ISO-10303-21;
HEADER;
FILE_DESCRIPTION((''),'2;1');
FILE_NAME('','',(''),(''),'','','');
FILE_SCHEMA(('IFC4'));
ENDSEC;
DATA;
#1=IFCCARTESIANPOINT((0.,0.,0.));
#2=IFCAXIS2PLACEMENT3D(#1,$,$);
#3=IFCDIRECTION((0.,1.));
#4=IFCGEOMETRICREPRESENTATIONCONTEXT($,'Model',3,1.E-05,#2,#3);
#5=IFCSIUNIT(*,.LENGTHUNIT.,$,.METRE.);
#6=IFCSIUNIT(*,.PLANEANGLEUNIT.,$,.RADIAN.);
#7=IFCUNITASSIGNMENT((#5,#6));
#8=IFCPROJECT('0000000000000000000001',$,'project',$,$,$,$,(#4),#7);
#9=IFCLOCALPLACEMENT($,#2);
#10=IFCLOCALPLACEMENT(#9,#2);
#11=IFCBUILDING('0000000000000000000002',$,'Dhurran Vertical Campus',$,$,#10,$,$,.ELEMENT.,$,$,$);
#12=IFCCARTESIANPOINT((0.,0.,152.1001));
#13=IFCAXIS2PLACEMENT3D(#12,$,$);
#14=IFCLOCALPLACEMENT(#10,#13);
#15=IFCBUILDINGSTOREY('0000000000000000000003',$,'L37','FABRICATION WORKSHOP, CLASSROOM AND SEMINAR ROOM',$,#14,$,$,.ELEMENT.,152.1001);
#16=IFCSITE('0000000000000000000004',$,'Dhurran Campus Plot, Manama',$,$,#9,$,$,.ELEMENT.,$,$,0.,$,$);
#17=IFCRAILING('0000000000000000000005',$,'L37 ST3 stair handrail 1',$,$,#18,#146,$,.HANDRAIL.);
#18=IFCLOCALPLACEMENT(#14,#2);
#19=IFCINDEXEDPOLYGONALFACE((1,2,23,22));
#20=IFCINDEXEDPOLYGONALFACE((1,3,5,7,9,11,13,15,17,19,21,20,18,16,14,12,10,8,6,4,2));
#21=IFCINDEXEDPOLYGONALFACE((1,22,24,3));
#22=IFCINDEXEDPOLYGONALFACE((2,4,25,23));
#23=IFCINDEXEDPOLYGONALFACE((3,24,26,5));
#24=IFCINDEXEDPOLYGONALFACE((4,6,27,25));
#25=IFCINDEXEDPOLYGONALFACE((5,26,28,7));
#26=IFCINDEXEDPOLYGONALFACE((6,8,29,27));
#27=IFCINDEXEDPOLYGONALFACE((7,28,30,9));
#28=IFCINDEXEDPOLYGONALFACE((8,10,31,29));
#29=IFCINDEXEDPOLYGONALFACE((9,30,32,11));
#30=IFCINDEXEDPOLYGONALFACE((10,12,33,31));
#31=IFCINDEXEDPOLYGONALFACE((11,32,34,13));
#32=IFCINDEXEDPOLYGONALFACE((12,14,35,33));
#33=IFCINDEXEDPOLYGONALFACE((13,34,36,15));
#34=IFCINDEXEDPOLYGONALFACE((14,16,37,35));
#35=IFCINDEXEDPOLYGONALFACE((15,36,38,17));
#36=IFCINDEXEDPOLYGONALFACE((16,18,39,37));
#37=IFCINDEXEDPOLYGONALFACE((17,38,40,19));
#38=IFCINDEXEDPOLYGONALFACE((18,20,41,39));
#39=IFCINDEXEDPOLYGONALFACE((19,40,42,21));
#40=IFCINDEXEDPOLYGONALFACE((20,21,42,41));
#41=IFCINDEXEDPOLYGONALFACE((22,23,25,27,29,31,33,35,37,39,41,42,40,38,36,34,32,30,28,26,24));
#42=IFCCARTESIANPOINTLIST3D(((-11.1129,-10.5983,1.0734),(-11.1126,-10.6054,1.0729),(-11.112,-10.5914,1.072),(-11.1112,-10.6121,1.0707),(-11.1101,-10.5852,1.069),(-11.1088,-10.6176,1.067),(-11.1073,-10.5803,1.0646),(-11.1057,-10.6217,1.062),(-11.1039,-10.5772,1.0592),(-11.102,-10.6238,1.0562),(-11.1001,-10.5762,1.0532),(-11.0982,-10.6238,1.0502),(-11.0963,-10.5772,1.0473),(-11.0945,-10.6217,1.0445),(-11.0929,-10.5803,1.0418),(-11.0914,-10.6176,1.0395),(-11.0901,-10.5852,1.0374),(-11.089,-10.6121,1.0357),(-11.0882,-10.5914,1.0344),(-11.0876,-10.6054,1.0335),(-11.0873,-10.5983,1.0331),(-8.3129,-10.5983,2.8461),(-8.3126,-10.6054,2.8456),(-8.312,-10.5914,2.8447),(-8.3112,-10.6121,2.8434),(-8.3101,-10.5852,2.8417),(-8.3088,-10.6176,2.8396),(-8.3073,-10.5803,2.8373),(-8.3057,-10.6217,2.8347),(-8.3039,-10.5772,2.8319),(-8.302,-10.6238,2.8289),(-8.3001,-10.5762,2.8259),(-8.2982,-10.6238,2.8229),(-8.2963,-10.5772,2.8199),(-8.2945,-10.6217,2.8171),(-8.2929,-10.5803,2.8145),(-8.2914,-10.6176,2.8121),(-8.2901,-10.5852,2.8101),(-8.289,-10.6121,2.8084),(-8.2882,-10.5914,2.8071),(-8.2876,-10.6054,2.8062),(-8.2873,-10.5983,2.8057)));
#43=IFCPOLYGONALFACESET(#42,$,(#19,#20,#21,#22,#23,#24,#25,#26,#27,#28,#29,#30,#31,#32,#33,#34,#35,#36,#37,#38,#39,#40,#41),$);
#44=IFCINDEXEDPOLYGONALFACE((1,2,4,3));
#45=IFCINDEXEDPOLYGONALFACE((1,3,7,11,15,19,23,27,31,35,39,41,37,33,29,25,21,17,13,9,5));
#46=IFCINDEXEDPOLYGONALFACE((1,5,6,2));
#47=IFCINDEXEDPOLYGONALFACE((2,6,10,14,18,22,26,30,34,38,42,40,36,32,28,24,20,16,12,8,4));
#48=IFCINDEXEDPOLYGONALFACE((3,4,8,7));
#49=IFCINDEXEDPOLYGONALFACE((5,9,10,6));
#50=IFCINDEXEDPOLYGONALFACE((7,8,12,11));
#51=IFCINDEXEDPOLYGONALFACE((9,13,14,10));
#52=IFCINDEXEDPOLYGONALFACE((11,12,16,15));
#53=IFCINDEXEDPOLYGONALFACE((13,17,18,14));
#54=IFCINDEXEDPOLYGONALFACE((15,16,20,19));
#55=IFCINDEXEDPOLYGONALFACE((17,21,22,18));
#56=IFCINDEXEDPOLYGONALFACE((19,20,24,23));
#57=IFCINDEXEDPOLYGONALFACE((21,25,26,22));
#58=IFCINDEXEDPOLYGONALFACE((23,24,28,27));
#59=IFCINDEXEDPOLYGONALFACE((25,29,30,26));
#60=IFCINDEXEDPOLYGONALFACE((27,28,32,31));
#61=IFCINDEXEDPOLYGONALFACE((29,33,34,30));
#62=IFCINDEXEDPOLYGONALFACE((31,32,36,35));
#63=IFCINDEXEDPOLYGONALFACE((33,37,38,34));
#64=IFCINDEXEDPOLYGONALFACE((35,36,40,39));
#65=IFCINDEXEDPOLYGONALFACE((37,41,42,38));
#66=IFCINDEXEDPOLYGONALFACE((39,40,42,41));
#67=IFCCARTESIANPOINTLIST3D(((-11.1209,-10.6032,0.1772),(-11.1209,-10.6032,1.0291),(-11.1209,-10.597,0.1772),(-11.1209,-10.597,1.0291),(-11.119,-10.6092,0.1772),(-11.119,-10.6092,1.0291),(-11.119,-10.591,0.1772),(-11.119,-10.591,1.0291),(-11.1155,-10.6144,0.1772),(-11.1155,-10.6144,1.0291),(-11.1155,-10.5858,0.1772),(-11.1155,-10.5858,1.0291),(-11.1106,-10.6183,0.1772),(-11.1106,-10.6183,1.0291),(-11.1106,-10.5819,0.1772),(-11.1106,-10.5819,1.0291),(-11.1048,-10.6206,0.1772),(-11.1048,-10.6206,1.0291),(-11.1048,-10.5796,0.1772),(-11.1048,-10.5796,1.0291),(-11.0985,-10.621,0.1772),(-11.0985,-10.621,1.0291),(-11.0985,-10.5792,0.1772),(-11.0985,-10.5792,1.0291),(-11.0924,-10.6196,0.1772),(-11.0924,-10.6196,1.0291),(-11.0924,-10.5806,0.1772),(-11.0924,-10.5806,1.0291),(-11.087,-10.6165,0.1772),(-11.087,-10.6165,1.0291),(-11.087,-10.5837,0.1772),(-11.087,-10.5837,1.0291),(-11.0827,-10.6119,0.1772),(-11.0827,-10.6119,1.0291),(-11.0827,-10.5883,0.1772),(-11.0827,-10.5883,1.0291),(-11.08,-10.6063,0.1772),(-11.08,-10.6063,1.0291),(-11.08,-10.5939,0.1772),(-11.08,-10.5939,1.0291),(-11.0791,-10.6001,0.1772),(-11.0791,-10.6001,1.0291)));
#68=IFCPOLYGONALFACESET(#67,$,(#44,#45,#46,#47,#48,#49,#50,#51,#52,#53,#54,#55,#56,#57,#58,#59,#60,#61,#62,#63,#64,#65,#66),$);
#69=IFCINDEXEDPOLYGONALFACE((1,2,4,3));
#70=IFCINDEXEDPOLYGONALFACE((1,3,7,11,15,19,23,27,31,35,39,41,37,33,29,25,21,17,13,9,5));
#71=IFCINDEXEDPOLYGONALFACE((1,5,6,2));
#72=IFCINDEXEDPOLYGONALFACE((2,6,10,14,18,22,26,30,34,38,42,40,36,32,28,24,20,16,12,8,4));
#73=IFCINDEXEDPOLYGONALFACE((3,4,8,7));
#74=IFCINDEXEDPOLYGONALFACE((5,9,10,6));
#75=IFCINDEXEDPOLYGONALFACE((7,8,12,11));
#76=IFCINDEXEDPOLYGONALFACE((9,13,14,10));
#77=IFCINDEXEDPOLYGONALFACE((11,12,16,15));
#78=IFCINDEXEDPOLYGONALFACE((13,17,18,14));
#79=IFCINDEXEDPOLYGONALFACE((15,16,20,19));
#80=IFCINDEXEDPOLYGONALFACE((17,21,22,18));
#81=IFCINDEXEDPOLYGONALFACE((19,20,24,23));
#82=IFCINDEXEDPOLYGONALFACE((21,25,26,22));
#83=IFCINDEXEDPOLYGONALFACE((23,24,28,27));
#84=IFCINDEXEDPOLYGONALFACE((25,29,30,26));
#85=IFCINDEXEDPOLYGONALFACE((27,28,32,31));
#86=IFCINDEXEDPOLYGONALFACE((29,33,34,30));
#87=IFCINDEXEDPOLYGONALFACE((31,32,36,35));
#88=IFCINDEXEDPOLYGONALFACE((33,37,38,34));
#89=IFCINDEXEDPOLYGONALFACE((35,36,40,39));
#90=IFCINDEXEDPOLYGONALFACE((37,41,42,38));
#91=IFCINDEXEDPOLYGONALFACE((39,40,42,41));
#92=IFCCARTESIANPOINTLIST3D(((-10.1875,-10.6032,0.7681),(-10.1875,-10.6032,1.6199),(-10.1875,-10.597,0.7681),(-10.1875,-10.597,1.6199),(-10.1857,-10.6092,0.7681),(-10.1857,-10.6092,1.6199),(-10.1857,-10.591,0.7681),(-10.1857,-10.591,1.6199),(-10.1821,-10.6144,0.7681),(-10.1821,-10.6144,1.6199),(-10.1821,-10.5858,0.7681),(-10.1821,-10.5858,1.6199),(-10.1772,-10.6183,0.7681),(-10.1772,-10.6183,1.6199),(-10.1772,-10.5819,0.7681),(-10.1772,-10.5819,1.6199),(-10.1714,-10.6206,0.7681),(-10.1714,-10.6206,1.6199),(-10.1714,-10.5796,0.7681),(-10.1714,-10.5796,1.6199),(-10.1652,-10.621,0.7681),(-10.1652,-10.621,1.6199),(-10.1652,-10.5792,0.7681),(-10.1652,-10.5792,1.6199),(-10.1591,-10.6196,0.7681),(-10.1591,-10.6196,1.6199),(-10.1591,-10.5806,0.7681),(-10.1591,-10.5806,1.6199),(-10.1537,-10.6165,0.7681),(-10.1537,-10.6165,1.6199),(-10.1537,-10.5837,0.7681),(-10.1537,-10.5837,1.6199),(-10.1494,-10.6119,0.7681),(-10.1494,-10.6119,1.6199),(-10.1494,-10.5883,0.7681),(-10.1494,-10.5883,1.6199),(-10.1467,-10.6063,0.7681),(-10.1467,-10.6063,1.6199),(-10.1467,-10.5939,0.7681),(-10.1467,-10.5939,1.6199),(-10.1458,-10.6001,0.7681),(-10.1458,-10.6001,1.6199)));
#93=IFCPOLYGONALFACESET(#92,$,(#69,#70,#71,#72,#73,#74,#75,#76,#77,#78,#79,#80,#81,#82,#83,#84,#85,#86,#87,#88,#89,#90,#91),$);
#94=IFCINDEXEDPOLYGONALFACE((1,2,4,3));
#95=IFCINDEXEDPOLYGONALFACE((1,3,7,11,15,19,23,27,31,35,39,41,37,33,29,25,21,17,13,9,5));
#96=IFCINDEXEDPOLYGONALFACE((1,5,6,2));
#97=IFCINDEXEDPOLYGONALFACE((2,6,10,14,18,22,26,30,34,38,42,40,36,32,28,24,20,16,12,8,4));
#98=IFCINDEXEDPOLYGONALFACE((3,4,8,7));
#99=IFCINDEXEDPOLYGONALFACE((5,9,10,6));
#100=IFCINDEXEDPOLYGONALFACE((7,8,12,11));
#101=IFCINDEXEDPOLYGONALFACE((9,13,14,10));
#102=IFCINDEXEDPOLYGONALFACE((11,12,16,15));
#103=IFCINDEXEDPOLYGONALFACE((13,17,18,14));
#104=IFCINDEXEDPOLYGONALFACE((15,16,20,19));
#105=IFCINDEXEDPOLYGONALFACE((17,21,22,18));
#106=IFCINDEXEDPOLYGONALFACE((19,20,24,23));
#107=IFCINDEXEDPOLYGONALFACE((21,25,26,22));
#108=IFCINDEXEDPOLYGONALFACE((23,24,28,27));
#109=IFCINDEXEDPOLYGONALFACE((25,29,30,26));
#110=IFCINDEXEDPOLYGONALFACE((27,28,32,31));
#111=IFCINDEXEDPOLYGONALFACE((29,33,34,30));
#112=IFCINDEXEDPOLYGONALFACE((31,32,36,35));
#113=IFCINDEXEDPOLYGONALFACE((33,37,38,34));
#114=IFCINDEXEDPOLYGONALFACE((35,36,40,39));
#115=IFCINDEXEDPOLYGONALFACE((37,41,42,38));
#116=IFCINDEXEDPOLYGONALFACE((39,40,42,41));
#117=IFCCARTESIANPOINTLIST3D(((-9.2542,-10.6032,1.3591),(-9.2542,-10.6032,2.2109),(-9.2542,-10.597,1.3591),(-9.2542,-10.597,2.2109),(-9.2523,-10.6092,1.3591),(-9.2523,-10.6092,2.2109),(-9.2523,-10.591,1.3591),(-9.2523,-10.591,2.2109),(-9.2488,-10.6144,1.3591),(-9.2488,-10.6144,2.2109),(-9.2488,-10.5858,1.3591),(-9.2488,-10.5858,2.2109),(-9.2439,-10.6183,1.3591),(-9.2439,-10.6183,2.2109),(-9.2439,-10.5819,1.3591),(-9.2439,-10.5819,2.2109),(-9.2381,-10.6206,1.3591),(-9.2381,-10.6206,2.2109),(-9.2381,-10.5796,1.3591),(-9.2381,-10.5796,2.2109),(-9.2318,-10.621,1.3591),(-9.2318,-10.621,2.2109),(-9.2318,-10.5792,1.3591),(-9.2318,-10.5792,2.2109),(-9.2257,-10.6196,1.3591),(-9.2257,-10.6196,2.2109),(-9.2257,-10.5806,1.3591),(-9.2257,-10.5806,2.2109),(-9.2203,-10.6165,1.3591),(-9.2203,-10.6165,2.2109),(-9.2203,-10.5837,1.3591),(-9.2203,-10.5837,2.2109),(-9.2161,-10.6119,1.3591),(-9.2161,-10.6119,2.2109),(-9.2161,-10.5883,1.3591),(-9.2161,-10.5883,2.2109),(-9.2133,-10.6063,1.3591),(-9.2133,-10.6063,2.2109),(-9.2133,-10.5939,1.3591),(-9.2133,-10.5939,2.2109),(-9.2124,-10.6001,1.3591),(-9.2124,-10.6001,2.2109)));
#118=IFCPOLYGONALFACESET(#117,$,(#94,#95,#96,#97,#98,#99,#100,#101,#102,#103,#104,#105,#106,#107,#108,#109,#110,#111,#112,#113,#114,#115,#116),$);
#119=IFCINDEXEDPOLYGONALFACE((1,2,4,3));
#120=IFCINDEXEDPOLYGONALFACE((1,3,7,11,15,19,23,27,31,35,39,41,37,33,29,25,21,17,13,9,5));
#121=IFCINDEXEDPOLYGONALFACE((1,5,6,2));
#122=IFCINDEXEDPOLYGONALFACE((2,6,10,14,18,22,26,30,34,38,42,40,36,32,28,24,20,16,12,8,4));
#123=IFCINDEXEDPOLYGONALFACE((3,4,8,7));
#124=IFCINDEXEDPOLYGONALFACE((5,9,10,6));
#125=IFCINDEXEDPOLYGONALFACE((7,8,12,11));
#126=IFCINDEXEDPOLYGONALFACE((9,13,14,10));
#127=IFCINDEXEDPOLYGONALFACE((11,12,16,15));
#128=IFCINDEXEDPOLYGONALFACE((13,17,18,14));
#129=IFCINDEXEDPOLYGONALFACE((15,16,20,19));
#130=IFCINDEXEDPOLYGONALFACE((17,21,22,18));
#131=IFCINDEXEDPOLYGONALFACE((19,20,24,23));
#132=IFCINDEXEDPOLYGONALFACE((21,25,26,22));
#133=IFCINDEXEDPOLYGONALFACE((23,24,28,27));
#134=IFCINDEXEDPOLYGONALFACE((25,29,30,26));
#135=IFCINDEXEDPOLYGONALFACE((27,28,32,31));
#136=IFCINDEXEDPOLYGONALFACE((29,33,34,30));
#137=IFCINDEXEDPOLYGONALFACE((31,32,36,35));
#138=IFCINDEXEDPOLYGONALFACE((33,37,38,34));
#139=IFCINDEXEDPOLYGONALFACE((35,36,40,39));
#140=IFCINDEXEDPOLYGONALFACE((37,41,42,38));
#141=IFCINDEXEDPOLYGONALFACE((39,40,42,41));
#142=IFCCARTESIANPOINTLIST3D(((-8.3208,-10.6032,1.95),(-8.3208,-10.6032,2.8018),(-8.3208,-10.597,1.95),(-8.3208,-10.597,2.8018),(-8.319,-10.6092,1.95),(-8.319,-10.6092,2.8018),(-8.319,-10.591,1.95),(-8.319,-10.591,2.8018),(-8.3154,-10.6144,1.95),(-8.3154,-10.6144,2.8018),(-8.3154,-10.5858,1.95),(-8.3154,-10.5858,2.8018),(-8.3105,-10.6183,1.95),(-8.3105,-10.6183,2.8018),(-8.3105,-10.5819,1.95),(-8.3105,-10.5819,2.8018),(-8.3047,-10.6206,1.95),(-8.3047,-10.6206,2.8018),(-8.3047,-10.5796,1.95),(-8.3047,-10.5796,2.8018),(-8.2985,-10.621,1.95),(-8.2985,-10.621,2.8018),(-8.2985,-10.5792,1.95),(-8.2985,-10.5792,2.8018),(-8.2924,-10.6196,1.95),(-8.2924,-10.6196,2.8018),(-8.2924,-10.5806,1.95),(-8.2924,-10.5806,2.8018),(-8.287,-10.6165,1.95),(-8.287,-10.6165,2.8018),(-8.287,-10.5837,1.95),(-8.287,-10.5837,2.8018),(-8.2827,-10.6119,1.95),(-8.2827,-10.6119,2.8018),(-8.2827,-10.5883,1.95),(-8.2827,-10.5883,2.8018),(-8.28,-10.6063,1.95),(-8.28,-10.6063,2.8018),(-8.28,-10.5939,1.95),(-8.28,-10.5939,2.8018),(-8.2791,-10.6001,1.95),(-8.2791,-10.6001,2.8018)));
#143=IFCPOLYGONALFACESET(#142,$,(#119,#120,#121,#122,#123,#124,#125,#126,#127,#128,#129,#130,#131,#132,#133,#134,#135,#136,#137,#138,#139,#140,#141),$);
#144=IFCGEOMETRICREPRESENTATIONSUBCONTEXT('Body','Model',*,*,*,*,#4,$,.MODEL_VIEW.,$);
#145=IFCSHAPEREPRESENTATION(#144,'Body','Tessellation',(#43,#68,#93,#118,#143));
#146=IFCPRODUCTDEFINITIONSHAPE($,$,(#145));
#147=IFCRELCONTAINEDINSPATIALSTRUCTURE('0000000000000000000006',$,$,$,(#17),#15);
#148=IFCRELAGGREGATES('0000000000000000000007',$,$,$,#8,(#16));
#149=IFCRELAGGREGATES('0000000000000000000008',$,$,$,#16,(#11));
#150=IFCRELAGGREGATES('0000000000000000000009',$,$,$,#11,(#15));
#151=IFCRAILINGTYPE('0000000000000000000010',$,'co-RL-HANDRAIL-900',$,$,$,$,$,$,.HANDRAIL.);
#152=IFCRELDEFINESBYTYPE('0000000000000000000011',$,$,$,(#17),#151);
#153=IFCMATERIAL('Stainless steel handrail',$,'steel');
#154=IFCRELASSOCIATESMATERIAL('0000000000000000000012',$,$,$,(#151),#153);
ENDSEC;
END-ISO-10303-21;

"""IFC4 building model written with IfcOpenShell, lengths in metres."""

from ifc_helpers import new_model, si_unit, direction, frame, origin, origin_2d, place, context, subcontext, project, spatial, circle, extrude, material, type_object, element, save


model = new_model("IFC4")

# Units and contexts
model_context = context("Model", 3, precision=1e-05, world=origin(), true_north=direction((0.0, 1.0)))
body_context = subcontext(model_context, "Body", "Model", "MODEL_VIEW")
ifc_project = project(units=[si_unit("LENGTHUNIT", "METRE"), si_unit("PLANEANGLEUNIT", "RADIAN")], contexts=[model_context])

# Site, building, storey
site_placement = place(None, origin())
site = spatial("IfcSite", under=ifc_project, at=site_placement, Name="Dhurran Campus Plot, Manama", CompositionType="ELEMENT", RefElevation=0.0)
building_placement = place(site_placement, origin())
building = spatial("IfcBuilding", under=site, at=building_placement, Name="Dhurran Vertical Campus", CompositionType="ELEMENT")
storey_placement = place(building_placement, frame((0.0, 0.0, 152.1001)))
storey = spatial("IfcBuildingStorey", under=building, at=storey_placement, Name="L37", Description="FABRICATION WORKSHOP, CLASSROOM AND SEMINAR ROOM", CompositionType="ELEMENT", Elevation=152.1001)

# Railing
ifc_material_1 = material(Name="Stainless steel handrail", Category="steel")
railing_type_1 = type_object("IfcRailingType", Name="co-RL-HANDRAIL-900", PredefinedType="HANDRAIL", material=ifc_material_1)
railing_1_placement = place(storey_placement, frame((-11.1001, -10.6001, 0.1772)))
element("IfcRailing", 1, at=railing_1_placement, inside=storey, type_object=railing_type_1, Name="L37 ST3 stair handrail 1", PredefinedType="HANDRAIL", context=body_context, shape_type="SweptSolid", body=[
    extrude(circle(Radius=0.0239, at=origin_2d()), frame((0.0, 0.0, 0.876), z_axis=(0.844909, 0.0, 0.53491), x_axis=(0.0, 1.0, 0.0)), (0.0, 0.0, 1.0), 3.314),
    extrude(circle(Radius=0.021, at=origin_2d()), origin(), (0.0, 0.0, 1.0), 0.8518),
    extrude(circle(Radius=0.021, at=origin_2d()), frame((0.9333, 0.0, 0.5908)), (0.0, 0.0, 1.0), 0.8518),
    extrude(circle(Radius=0.021, at=origin_2d()), frame((1.8667, 0.0, 1.1819)), (0.0, 0.0, 1.0), 0.8518),
    extrude(circle(Radius=0.021, at=origin_2d()), frame((2.8, 0.0, 1.7727)), (0.0, 0.0, 1.0), 0.8518),
])

save(model, "model.ifc")
